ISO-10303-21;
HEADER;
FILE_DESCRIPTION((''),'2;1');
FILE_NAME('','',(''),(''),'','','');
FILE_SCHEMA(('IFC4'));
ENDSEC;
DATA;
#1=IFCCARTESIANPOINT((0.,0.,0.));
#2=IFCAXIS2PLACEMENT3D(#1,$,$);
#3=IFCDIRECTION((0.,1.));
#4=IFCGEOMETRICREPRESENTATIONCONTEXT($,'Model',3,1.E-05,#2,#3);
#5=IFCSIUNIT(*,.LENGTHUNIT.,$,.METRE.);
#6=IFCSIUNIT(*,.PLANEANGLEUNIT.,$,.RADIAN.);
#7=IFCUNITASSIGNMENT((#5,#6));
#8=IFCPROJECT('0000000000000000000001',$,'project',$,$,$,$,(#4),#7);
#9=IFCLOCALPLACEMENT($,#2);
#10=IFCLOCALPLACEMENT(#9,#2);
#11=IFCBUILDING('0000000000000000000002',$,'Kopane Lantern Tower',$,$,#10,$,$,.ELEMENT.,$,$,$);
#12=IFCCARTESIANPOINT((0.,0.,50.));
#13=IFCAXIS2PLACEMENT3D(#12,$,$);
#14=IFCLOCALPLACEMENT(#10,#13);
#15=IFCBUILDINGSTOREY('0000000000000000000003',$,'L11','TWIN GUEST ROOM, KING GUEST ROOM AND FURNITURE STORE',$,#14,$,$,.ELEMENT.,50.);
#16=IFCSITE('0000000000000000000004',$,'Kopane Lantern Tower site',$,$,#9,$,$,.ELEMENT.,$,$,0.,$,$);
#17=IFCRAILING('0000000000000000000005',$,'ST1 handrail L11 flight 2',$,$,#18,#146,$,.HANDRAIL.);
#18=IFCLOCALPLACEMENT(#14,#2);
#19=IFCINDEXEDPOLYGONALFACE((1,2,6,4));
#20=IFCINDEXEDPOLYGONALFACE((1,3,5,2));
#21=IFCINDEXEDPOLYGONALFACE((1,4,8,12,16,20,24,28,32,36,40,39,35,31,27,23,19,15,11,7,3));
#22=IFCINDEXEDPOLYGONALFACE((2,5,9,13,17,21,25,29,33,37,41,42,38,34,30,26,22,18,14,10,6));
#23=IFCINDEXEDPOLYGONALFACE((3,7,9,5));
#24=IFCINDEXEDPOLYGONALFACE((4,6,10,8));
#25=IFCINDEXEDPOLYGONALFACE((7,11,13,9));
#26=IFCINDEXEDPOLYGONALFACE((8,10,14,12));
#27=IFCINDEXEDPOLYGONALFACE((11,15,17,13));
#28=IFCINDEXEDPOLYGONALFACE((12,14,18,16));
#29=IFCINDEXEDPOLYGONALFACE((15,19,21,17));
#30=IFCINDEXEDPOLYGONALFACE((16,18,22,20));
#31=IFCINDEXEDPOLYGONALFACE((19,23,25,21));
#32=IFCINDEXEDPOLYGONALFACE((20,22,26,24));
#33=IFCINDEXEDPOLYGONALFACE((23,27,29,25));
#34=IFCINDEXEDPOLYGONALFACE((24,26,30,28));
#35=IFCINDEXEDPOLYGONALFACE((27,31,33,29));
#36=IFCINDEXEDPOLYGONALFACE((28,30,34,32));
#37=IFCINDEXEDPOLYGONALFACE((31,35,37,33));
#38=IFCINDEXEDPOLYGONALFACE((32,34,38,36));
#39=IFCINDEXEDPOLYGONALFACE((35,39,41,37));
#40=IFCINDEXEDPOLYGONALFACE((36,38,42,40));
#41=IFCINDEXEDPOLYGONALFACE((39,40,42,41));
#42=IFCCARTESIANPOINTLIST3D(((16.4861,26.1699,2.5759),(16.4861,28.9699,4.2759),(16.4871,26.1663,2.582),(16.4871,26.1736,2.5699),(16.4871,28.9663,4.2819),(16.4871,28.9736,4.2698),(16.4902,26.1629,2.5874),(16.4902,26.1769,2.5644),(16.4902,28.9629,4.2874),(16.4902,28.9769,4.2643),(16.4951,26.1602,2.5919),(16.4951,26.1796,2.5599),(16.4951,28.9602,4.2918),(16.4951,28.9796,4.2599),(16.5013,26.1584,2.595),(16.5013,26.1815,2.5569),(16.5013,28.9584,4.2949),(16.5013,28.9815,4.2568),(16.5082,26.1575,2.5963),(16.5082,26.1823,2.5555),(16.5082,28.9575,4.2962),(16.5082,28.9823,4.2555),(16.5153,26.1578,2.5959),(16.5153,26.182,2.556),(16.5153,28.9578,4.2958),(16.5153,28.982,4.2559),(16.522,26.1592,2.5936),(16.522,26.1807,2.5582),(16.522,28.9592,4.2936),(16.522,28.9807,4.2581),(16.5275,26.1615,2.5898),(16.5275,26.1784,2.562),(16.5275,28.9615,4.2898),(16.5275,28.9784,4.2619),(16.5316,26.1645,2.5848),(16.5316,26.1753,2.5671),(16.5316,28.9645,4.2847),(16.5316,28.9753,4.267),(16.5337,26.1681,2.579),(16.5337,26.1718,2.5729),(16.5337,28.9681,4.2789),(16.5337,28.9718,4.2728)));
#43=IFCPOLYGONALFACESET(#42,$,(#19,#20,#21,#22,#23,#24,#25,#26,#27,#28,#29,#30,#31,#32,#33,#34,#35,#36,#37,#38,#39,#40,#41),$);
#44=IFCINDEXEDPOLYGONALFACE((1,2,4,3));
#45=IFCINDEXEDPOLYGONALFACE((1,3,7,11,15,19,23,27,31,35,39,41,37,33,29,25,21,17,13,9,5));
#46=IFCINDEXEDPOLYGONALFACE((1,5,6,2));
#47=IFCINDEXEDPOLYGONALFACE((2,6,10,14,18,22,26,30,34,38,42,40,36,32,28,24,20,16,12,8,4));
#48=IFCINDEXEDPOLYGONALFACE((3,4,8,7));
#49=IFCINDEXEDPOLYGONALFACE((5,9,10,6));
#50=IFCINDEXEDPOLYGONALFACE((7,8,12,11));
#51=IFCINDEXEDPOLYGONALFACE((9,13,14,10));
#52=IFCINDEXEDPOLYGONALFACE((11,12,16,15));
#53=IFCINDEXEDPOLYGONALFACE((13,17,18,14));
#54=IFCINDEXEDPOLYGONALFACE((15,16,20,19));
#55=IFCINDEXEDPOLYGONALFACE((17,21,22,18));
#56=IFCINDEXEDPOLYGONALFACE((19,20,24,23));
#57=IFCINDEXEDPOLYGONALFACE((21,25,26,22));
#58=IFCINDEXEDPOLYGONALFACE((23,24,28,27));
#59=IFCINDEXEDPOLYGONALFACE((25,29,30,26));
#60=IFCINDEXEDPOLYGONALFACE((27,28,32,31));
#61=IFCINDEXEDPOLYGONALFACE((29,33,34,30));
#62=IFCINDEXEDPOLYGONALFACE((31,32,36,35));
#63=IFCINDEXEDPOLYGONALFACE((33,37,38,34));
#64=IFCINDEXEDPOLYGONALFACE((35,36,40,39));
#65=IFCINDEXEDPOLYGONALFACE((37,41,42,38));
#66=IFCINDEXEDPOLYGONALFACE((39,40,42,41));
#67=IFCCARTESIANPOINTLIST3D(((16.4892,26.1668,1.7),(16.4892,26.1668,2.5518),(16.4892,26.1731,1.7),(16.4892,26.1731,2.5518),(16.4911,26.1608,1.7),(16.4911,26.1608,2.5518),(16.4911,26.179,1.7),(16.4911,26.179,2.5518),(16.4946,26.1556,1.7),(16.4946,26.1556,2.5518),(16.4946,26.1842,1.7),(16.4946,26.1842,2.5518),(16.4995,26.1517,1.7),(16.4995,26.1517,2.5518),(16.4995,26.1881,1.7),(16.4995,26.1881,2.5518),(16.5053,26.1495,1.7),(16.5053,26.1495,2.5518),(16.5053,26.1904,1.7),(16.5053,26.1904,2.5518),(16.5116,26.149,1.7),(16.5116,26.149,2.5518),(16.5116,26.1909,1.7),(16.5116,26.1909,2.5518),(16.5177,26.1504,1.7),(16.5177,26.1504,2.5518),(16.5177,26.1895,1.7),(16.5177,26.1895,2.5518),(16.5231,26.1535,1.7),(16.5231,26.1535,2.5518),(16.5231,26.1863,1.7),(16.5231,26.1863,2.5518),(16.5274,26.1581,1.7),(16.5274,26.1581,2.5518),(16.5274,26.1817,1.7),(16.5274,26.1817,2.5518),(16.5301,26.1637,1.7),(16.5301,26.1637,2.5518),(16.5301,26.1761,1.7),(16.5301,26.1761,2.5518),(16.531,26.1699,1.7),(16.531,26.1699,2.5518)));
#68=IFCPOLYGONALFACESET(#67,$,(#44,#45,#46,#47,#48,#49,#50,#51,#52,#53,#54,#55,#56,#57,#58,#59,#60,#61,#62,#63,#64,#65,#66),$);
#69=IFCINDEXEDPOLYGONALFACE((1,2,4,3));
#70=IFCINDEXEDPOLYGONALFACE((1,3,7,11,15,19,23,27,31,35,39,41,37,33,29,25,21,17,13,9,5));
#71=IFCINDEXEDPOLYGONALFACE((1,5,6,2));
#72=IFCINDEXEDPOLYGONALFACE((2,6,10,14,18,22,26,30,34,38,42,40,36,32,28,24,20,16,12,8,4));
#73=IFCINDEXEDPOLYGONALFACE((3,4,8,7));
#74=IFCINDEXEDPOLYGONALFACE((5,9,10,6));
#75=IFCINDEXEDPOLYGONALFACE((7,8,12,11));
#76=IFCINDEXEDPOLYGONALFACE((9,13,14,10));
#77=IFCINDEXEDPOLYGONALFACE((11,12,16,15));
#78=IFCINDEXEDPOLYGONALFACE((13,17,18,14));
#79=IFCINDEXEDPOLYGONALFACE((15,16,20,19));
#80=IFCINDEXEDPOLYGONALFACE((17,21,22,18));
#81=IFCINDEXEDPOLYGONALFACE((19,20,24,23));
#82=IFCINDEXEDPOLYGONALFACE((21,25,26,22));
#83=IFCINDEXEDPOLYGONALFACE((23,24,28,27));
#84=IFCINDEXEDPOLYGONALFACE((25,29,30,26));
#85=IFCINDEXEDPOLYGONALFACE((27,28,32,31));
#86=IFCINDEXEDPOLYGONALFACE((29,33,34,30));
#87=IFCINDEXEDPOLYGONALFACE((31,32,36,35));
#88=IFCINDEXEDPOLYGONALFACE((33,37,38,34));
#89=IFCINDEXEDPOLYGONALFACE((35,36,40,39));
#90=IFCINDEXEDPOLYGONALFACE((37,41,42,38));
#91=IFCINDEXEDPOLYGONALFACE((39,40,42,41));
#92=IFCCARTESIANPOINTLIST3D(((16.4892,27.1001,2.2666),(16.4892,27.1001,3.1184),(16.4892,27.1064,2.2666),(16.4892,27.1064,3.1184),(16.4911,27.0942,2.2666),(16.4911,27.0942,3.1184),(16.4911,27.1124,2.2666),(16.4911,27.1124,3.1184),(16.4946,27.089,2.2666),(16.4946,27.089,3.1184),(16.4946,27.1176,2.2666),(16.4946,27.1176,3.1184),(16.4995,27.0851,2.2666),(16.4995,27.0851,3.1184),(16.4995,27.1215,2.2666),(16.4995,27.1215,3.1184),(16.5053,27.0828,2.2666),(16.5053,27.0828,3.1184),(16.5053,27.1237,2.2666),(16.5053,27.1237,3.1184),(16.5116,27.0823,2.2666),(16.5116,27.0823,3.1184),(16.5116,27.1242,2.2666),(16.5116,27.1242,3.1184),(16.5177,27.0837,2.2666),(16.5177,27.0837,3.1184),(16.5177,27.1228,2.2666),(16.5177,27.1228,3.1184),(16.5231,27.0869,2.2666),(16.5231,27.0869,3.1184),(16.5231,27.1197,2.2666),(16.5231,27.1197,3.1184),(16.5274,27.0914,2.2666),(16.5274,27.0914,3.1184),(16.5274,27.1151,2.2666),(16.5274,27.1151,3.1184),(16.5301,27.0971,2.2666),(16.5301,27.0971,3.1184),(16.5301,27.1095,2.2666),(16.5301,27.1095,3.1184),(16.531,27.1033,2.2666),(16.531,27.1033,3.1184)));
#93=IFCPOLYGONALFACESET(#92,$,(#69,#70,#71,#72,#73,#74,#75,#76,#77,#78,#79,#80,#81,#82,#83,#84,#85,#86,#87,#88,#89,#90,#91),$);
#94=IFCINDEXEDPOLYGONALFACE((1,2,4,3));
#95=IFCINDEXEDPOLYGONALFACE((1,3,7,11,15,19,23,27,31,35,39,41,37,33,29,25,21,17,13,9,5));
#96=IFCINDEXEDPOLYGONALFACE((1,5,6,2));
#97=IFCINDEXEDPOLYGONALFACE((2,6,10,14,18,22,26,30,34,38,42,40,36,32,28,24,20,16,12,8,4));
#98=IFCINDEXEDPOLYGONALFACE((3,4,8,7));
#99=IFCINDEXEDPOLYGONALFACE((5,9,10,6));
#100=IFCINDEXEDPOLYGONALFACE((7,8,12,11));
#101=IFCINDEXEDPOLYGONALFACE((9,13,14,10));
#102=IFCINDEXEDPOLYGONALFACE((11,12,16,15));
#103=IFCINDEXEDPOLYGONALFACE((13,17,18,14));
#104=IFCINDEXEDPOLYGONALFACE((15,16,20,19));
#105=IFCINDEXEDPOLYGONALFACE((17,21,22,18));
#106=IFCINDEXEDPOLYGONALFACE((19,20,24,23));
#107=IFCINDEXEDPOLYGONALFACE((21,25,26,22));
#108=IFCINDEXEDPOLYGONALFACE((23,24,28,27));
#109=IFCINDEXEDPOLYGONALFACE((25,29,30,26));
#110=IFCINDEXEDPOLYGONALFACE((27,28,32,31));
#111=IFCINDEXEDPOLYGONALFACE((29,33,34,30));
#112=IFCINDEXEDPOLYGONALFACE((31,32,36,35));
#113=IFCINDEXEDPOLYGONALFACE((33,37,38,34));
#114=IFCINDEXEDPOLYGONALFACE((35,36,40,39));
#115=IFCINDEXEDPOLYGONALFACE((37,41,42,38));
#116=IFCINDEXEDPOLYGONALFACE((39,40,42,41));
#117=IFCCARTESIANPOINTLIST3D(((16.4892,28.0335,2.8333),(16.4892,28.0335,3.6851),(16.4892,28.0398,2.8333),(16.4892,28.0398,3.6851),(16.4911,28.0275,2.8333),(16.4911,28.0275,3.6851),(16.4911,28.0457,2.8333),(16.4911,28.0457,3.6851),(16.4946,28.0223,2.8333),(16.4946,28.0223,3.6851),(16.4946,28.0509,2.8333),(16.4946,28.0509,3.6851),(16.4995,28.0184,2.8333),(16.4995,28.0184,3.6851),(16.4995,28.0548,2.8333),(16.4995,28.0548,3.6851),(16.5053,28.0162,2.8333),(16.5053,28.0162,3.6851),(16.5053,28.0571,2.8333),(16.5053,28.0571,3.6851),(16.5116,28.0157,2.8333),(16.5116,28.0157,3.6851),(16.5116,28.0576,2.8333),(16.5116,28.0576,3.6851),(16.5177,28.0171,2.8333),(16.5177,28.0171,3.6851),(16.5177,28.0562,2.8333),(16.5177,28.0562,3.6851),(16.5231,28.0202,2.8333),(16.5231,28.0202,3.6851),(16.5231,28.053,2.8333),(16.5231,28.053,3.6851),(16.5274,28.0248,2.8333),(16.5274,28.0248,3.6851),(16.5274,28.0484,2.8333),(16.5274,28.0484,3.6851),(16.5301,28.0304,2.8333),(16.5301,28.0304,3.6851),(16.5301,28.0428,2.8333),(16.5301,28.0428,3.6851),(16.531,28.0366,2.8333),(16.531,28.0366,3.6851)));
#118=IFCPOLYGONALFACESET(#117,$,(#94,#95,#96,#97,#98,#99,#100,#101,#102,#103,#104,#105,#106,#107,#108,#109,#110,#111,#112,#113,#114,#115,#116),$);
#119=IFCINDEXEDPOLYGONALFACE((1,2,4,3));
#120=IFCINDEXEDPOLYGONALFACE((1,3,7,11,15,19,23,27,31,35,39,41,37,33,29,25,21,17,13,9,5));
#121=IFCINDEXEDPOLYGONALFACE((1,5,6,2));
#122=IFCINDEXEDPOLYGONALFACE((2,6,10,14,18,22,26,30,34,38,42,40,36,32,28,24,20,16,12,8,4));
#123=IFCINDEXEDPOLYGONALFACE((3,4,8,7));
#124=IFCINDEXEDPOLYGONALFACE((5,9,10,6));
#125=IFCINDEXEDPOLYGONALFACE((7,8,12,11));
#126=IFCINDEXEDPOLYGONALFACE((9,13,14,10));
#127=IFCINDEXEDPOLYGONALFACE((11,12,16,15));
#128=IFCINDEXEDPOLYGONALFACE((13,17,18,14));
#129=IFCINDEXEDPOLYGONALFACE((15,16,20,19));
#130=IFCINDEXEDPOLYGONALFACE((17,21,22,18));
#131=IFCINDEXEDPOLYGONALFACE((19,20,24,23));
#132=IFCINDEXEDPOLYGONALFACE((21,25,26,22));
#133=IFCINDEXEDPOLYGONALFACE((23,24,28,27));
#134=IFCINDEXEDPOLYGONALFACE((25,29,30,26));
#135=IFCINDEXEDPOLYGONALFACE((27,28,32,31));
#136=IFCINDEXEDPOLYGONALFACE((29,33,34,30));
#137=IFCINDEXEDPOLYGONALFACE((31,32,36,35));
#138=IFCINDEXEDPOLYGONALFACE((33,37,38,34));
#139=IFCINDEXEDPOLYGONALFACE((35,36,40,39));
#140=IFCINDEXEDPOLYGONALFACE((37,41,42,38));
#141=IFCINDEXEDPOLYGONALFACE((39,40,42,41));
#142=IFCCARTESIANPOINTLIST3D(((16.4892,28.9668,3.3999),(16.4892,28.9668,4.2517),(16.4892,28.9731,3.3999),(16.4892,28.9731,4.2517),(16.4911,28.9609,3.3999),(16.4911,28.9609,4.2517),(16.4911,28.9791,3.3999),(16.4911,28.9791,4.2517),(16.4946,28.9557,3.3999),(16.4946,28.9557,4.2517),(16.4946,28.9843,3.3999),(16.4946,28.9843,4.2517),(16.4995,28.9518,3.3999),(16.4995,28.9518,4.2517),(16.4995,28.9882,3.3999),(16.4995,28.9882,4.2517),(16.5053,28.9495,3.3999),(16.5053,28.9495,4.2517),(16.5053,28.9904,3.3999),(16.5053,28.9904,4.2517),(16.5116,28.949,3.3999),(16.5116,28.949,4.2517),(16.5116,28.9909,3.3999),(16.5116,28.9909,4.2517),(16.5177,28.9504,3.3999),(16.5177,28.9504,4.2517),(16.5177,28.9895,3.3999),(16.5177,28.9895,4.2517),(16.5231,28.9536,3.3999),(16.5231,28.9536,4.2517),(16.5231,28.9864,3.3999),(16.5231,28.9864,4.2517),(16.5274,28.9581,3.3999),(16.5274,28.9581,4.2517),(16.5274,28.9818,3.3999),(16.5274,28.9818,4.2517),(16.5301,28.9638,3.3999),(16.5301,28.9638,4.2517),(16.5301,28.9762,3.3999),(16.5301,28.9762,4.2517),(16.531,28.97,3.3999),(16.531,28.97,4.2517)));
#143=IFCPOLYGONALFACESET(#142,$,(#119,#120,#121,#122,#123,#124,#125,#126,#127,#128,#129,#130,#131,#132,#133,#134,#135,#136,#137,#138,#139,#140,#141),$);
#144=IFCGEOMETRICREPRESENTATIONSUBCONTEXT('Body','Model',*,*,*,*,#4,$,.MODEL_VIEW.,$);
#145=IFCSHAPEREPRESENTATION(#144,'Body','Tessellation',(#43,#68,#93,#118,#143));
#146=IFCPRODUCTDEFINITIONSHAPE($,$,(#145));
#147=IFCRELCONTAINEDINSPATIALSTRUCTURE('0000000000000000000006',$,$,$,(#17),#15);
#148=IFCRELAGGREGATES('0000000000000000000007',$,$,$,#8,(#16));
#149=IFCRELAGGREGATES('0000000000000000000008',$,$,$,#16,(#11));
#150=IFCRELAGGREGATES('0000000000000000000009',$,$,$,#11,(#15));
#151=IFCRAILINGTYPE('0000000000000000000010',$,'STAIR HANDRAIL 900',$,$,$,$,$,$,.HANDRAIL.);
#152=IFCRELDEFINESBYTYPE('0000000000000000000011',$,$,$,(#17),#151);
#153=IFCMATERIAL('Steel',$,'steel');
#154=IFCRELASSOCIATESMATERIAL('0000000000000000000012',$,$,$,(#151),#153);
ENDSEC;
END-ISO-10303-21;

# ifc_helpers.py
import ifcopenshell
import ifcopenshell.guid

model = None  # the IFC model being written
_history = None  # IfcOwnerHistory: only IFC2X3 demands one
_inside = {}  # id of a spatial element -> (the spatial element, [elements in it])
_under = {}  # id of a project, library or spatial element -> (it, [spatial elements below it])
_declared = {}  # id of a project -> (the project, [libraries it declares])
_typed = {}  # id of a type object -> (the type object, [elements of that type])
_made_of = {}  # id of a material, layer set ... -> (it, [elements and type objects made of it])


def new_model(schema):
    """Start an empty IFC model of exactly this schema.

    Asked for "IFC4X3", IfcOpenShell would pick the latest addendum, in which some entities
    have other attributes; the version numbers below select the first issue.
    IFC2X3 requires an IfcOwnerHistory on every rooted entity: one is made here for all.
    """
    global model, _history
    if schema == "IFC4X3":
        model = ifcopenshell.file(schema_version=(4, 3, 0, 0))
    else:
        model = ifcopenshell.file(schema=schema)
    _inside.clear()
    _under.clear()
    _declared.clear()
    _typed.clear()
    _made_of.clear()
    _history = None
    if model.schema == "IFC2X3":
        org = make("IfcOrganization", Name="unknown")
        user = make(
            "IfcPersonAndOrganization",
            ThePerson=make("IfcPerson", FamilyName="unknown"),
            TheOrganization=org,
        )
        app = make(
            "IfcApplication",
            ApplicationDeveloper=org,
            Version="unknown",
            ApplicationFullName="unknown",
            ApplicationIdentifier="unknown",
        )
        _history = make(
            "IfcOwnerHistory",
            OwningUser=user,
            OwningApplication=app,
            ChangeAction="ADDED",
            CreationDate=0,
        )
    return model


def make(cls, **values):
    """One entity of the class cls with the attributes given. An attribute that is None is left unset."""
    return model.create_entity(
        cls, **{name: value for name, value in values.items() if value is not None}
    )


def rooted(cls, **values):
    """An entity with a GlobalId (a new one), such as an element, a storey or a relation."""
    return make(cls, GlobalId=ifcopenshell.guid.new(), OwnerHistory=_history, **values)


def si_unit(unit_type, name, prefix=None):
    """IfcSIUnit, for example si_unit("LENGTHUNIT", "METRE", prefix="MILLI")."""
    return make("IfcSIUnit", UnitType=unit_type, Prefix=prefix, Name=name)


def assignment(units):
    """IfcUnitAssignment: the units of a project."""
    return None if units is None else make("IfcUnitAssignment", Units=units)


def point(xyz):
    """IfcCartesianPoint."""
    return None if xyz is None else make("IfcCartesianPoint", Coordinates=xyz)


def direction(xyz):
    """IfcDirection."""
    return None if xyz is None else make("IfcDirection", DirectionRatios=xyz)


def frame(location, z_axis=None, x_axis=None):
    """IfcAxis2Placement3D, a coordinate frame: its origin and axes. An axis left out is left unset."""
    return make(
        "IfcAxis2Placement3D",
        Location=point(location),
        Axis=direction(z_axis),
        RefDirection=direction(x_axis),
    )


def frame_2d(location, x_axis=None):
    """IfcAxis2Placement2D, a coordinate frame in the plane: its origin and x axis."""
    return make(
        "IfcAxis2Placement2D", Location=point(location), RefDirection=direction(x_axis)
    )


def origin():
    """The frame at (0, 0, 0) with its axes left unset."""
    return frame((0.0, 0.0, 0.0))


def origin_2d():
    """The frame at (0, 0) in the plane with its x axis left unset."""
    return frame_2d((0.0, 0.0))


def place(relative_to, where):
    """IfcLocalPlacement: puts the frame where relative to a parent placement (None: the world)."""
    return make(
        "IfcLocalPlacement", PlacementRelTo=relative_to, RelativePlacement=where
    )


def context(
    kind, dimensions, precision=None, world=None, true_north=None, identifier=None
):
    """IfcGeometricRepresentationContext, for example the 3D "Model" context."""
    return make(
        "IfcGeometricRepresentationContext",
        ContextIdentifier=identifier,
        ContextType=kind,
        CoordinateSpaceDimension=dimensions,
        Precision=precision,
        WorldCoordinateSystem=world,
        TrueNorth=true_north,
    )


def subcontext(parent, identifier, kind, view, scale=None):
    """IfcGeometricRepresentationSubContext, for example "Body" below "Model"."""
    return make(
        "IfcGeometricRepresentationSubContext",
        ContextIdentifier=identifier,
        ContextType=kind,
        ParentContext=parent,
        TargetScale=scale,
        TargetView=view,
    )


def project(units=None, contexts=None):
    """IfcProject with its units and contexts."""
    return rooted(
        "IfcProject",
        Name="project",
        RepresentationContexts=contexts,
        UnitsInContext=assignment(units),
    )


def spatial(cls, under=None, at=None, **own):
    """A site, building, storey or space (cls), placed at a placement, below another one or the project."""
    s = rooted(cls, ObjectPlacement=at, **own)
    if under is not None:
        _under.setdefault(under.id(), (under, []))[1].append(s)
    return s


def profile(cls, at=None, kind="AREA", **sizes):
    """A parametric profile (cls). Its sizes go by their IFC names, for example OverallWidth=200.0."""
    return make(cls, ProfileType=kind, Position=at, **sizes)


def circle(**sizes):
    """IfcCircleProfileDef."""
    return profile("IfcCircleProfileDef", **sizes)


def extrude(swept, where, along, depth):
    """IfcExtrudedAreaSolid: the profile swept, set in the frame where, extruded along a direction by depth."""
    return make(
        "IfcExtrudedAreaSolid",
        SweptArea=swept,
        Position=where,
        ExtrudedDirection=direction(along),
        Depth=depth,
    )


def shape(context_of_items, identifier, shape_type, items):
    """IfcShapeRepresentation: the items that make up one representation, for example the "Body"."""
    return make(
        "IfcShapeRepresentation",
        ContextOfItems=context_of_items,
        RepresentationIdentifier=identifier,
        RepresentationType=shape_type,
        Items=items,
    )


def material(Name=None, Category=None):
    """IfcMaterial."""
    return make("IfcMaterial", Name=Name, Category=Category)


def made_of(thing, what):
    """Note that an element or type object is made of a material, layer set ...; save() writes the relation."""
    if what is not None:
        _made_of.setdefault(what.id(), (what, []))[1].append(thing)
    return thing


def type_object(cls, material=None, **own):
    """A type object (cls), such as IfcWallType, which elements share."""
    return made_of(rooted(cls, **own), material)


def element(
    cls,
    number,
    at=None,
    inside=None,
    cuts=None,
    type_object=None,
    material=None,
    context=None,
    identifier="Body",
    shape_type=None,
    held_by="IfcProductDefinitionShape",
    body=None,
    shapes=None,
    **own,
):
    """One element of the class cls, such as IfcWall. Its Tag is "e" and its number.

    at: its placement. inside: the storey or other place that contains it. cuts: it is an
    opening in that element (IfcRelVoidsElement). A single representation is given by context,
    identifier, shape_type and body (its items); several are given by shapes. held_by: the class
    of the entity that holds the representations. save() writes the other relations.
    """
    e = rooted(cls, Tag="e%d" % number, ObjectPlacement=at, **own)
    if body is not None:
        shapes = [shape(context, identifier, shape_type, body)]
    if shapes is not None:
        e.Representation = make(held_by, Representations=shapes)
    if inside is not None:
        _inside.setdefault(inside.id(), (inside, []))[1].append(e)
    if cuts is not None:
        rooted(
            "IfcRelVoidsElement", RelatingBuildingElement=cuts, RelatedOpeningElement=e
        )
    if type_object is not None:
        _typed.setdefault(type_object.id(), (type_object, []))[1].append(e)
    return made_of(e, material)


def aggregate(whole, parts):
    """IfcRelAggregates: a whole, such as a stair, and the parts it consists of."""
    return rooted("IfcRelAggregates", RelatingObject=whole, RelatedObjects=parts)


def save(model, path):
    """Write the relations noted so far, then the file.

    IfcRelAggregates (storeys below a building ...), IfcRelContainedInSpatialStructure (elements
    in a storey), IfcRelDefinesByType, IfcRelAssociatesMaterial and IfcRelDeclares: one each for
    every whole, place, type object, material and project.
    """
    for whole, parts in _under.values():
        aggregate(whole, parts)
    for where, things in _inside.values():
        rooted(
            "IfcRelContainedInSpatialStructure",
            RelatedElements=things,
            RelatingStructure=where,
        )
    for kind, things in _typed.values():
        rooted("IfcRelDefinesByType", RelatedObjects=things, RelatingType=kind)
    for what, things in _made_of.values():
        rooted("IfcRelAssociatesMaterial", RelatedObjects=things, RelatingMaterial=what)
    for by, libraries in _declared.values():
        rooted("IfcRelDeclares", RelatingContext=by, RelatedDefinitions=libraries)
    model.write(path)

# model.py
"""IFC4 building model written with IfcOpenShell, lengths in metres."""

from ifc_helpers import new_model, si_unit, direction, frame, origin, origin_2d, place, context, subcontext, project, spatial, circle, extrude, material, type_object, element, save


model = new_model("IFC4")

# Units and contexts
model_context = context("Model", 3, precision=1e-05, world=origin(), true_north=direction((0.0, 1.0)))
body_context = subcontext(model_context, "Body", "Model", "MODEL_VIEW")
ifc_project = project(units=[si_unit("LENGTHUNIT", "METRE"), si_unit("PLANEANGLEUNIT", "RADIAN")], contexts=[model_context])

# Site, building, storey
site_placement = place(None, origin())
site = spatial("IfcSite", under=ifc_project, at=site_placement, Name="Kopane Lantern Tower site", CompositionType="ELEMENT", RefElevation=0.0)
building_placement = place(site_placement, origin())
building = spatial("IfcBuilding", under=site, at=building_placement, Name="Kopane Lantern Tower", CompositionType="ELEMENT")
storey_placement = place(building_placement, frame((0.0, 0.0, 50.0)))
storey = spatial("IfcBuildingStorey", under=building, at=storey_placement, Name="L11", Description="TWIN GUEST ROOM, KING GUEST ROOM AND FURNITURE STORE", CompositionType="ELEMENT", Elevation=50.0)

# Railing
ifc_material_1 = material(Name="Steel", Category="steel")
railing_type_1 = type_object("IfcRailingType", Name="STAIR HANDRAIL 900", PredefinedType="HANDRAIL", material=ifc_material_1)
for number, where, name in (
    (1, (16.51, 26.1699, 1.7), "ST1 handrail L11 flight 2"),
):
    element("IfcRailing", number, at=place(storey_placement, frame(where)), inside=storey, type_object=railing_type_1, Name=name, PredefinedType="HANDRAIL", context=body_context, shape_type="SweptSolid", body=[
        extrude(circle(Radius=0.0239, at=origin_2d()), frame((0.0, 0.0, 0.876), z_axis=(0.0, 0.854798, 0.518961), x_axis=(-1.0, 0.0, 0.0)), (0.0, 0.0, 1.0), 3.2756),
        extrude(circle(Radius=0.021, at=origin_2d()), origin(), (0.0, 0.0, 1.0), 0.8518),
        extrude(circle(Radius=0.021, at=origin_2d()), frame((0.0, 0.9333, 0.5667)), (0.0, 0.0, 1.0), 0.8518),
        extrude(circle(Radius=0.021, at=origin_2d()), frame((0.0, 1.8667, 1.1333)), (0.0, 0.0, 1.0), 0.8518),
        extrude(circle(Radius=0.021, at=origin_2d()), frame((0.0, 2.8, 1.7)), (0.0, 0.0, 1.0), 0.8518),
    ])

save(model, "model.ifc")
